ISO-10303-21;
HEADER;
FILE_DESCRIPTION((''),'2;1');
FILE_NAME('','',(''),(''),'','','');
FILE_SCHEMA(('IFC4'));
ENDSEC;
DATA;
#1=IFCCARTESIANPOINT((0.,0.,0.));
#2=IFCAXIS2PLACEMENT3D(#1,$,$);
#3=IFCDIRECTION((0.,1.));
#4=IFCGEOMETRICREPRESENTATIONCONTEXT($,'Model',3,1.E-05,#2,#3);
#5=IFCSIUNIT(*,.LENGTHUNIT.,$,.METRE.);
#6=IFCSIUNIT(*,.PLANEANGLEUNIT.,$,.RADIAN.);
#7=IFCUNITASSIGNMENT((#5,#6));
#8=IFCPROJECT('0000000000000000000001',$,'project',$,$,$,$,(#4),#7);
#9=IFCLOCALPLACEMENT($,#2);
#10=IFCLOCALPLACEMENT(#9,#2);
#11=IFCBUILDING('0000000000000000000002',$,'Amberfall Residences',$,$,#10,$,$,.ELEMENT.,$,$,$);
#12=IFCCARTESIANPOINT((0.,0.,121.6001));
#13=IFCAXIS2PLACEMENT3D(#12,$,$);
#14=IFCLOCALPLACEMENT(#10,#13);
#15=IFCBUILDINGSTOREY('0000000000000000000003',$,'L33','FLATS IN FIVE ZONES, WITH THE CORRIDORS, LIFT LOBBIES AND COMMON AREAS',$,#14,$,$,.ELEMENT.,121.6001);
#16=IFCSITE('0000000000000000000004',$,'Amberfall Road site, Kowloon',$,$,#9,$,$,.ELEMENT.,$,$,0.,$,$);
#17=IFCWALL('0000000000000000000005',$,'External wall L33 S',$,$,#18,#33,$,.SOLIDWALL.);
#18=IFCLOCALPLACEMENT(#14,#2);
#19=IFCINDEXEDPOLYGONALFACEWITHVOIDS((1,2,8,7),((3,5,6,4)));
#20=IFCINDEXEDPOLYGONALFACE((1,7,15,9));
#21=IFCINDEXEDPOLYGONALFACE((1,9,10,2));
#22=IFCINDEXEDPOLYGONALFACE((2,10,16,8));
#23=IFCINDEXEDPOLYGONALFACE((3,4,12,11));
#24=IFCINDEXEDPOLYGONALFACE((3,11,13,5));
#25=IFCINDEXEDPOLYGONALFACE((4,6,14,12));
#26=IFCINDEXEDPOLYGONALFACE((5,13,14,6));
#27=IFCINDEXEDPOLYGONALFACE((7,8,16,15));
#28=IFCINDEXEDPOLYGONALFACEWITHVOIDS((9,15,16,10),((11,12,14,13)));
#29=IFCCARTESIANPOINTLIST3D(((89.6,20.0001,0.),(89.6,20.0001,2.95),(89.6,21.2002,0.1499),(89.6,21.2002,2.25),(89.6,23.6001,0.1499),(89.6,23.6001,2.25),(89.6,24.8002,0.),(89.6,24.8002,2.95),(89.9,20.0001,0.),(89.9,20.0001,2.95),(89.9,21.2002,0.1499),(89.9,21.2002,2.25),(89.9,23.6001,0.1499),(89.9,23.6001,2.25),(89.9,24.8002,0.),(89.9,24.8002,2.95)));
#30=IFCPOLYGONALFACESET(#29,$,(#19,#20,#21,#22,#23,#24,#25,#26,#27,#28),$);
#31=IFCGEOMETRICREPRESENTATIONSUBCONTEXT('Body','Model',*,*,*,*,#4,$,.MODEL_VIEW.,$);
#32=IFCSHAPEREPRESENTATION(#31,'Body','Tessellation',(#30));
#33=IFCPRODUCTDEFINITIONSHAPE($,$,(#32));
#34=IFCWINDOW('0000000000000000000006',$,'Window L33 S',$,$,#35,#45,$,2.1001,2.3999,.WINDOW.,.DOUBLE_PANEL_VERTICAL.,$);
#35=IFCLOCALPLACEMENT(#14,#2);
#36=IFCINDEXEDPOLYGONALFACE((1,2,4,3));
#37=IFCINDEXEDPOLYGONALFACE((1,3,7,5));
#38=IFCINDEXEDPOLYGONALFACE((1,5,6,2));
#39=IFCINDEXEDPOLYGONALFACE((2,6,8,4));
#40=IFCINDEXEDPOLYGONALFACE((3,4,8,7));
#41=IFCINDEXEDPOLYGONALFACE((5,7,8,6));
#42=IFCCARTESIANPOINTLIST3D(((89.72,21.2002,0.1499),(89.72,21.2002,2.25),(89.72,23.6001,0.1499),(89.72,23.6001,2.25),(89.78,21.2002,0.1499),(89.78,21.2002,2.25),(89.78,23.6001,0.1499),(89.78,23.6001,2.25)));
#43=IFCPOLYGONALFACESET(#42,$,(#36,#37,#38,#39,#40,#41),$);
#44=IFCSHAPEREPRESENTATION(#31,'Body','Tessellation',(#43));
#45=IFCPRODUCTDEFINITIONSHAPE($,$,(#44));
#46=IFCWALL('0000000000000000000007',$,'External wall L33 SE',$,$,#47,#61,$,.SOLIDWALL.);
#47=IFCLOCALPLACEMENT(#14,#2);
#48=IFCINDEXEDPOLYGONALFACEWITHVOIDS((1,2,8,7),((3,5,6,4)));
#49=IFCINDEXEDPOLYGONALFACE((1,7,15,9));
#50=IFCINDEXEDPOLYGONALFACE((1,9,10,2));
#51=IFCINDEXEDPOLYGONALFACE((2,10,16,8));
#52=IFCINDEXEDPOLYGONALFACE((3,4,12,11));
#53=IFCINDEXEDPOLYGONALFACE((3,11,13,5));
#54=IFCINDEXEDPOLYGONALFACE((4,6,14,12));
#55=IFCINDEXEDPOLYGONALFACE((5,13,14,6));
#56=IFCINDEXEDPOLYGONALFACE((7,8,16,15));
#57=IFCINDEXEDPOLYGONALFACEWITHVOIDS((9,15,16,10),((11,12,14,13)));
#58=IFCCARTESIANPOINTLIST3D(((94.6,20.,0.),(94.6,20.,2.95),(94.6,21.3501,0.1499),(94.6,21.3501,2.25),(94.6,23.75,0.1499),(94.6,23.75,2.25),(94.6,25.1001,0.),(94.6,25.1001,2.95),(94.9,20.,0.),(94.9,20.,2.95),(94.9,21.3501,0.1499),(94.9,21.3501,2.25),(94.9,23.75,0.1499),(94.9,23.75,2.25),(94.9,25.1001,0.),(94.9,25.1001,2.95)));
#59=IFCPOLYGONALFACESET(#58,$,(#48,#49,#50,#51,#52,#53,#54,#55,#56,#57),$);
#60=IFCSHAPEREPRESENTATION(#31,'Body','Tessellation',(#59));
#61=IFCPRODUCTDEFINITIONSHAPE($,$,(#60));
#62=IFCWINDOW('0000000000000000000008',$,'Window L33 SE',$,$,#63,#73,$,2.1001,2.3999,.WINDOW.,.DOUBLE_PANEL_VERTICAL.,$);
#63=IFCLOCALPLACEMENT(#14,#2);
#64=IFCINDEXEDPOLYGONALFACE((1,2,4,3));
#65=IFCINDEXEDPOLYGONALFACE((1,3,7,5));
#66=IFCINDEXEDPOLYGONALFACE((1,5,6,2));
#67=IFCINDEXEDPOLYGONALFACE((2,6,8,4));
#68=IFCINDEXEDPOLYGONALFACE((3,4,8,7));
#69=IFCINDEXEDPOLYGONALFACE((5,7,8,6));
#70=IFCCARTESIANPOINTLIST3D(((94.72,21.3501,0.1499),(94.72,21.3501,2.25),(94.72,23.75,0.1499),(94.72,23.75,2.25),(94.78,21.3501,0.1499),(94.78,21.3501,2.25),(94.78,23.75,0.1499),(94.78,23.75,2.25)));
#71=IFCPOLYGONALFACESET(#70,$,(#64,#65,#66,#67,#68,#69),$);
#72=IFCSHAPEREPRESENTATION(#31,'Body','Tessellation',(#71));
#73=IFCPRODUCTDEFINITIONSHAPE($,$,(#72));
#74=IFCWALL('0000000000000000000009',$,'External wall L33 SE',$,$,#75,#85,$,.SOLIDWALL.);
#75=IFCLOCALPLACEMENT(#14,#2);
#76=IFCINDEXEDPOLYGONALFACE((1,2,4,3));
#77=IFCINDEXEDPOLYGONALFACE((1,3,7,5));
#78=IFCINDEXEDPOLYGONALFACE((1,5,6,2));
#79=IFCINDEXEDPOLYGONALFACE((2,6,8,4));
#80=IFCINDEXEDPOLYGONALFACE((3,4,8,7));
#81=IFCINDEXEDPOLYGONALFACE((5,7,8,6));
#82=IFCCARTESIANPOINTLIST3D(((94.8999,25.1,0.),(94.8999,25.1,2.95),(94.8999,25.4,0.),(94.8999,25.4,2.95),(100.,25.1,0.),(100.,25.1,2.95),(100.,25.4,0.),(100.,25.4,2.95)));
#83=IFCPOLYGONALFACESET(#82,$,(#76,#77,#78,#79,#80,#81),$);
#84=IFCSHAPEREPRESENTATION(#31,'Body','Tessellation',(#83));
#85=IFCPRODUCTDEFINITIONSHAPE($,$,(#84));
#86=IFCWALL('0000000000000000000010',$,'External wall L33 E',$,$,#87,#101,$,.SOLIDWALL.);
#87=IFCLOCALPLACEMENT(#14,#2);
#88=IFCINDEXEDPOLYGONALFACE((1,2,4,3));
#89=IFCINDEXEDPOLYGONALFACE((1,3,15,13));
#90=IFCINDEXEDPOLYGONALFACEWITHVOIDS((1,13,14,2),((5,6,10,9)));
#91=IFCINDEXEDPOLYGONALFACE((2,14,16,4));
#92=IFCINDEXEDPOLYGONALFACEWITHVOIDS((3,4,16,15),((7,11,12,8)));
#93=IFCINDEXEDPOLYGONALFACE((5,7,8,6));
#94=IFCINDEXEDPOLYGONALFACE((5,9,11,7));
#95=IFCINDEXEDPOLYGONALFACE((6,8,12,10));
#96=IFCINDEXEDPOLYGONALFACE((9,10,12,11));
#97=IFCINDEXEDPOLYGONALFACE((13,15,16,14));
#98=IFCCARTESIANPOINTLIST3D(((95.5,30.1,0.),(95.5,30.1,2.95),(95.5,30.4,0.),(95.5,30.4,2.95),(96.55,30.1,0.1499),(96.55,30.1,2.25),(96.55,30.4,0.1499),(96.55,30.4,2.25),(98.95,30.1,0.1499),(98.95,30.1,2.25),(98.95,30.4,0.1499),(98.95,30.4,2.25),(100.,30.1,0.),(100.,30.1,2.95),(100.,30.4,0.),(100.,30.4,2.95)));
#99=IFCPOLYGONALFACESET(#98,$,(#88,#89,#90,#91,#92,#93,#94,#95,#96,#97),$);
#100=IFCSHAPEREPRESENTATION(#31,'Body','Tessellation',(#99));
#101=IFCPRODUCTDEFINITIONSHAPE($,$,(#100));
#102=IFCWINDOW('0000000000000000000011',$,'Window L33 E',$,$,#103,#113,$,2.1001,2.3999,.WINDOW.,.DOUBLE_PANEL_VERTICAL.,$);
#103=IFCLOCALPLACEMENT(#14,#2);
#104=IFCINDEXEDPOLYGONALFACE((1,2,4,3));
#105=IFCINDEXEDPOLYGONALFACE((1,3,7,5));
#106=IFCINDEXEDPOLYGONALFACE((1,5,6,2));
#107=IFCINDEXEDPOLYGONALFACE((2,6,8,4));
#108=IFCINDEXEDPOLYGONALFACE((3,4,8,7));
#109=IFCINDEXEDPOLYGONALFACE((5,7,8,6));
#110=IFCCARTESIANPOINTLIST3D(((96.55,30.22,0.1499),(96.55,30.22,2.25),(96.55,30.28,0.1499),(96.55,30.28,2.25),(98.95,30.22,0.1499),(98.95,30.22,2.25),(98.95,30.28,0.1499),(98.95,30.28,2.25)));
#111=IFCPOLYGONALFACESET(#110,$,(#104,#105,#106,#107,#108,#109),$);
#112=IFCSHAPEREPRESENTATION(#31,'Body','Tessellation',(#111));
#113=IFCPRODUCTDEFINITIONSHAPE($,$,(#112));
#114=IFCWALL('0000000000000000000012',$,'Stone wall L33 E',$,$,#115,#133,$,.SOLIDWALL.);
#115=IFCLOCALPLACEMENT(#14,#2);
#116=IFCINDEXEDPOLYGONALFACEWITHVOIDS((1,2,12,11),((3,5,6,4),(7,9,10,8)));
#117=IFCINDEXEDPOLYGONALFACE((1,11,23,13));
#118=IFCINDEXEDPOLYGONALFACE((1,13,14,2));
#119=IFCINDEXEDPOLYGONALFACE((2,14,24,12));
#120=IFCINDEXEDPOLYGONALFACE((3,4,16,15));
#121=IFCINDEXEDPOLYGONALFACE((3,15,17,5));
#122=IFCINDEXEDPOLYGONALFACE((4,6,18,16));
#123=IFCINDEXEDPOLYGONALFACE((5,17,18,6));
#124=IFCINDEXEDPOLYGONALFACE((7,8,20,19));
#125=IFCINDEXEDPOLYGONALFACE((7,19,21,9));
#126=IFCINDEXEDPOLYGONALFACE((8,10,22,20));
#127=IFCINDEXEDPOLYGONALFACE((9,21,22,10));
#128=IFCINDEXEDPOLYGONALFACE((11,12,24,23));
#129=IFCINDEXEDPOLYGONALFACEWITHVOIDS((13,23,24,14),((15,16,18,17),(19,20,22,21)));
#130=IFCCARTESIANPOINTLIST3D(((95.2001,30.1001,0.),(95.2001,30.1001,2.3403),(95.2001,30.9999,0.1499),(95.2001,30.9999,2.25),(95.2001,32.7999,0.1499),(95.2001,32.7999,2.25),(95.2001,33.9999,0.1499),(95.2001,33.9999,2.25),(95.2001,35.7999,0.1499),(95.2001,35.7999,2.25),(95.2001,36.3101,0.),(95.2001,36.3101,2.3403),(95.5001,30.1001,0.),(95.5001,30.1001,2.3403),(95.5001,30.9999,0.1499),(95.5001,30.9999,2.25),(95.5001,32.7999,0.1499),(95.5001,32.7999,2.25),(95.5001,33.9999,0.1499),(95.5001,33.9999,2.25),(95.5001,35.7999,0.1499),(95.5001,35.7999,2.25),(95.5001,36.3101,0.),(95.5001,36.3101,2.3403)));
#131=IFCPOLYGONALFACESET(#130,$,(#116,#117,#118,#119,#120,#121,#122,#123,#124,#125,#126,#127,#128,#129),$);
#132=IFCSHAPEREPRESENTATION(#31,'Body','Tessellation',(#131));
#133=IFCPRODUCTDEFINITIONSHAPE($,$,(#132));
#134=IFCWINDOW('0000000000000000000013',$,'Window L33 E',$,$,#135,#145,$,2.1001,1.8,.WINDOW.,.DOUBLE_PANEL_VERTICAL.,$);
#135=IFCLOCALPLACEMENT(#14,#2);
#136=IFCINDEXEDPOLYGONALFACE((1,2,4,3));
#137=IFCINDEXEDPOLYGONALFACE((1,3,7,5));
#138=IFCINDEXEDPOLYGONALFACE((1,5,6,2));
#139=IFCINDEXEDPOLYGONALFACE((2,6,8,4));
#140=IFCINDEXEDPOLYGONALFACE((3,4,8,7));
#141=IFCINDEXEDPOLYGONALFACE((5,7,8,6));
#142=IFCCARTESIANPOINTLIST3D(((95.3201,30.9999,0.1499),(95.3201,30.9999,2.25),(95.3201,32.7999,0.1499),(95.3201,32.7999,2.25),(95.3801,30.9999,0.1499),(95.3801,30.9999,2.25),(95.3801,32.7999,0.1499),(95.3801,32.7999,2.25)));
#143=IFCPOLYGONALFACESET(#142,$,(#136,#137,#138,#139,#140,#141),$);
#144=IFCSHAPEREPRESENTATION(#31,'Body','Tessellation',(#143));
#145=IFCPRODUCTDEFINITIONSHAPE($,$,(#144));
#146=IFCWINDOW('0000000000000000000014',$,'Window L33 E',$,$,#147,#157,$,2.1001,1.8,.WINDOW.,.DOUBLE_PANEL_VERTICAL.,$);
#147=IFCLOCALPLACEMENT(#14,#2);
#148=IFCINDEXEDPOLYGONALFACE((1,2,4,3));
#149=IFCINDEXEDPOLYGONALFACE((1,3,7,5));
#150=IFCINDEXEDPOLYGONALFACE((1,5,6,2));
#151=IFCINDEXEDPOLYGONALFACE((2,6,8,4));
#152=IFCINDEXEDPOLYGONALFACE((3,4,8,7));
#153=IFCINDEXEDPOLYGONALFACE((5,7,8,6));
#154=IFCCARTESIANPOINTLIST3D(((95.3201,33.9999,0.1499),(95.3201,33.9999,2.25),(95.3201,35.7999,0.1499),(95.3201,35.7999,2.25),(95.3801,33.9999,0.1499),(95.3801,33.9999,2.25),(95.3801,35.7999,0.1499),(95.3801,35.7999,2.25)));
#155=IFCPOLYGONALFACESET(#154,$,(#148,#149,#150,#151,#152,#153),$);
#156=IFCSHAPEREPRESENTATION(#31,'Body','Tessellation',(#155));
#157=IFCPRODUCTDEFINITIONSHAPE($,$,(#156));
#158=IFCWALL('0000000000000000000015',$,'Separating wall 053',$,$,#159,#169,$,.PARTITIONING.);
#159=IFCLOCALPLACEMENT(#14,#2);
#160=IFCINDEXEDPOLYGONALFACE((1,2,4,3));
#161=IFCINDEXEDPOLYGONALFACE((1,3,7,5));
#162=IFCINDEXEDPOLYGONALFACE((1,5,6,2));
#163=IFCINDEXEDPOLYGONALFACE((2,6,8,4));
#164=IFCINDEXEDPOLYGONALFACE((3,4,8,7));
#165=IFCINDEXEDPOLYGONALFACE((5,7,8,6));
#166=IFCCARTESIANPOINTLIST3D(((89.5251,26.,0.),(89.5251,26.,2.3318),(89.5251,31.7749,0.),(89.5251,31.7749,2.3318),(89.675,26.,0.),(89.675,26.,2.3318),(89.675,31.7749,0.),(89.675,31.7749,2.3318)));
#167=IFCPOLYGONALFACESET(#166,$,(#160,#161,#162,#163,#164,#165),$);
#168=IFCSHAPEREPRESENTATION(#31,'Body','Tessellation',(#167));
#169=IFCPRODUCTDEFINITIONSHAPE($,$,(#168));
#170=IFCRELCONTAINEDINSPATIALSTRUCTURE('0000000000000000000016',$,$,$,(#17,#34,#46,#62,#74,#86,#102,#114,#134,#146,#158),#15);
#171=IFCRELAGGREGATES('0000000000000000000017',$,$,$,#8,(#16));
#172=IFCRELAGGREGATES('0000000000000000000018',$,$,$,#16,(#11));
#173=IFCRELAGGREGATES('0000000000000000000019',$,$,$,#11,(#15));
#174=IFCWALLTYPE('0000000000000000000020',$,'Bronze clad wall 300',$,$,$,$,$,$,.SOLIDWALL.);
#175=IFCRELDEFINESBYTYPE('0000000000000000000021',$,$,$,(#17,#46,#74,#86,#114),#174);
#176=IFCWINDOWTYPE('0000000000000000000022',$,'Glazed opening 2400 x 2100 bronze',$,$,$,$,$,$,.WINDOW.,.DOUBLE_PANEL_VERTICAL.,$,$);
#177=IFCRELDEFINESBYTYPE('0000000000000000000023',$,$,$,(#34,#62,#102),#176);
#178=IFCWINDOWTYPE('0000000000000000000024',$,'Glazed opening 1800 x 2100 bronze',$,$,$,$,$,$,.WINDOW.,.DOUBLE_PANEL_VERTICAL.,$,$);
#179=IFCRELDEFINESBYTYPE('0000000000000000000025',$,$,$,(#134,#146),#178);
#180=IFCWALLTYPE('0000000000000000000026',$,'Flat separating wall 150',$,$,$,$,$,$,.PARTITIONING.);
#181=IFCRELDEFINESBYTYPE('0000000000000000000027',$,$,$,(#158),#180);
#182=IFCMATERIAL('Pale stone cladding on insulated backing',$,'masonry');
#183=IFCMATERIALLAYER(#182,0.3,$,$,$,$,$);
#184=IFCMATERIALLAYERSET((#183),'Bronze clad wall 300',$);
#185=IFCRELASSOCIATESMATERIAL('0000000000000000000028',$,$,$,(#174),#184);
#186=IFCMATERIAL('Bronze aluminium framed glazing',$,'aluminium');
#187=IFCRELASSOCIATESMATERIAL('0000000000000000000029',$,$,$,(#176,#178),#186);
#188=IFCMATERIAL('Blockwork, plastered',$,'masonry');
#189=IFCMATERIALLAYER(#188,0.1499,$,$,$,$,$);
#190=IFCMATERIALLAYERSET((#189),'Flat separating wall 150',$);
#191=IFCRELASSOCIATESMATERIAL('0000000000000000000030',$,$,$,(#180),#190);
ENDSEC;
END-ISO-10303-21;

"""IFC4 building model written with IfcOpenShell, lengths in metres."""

from ifc_helpers import new_model, si_unit, direction, frame, frame_2d, origin, place, context, subcontext, project, spatial, rectangle, extrude, material, layer, layer_set, type_object, element, fill, save


model = new_model("IFC4")

# Units and contexts
model_context = context("Model", 3, precision=1e-05, world=origin(), true_north=direction((0.0, 1.0)))
body_context = subcontext(model_context, "Body", "Model", "MODEL_VIEW")
ifc_project = project(units=[si_unit("LENGTHUNIT", "METRE"), si_unit("PLANEANGLEUNIT", "RADIAN")], contexts=[model_context])

# Site, building, storey
site_placement = place(None, origin())
site = spatial("IfcSite", under=ifc_project, at=site_placement, Name="Amberfall Road site, Kowloon", CompositionType="ELEMENT", RefElevation=0.0)
building_placement = place(site_placement, origin())
building = spatial("IfcBuilding", under=site, at=building_placement, Name="Amberfall Residences", CompositionType="ELEMENT")
storey_placement = place(building_placement, frame((0.0, 0.0, 121.6001)))
storey = spatial("IfcBuildingStorey", under=building, at=storey_placement, Name="L33", Description="FLATS IN FIVE ZONES, WITH THE CORRIDORS, LIFT LOBBIES AND COMMON AREAS", CompositionType="ELEMENT", Elevation=121.6001)

# Walls, openings, windows
ifc_material_1 = material(Name="Pale stone cladding on insulated backing", Category="masonry")
ifc_layer_1 = layer(ifc_material_1, 0.3)
ifc_layer_set_1 = layer_set([ifc_layer_1], Name="Bronze clad wall 300")
wall_type_1 = type_object("IfcWallType", Name="Bronze clad wall 300", PredefinedType="SOLIDWALL", material=ifc_layer_set_1)
wall_1_placement = place(storey_placement, frame((89.75, 24.8, 0.0), z_axis=(0.0, 0.0, 1.0), x_axis=(0.0, -1.0, 0.0)))
wall_1 = element("IfcWall", 1, at=wall_1_placement, inside=storey, type_object=wall_type_1, Name="External wall L33 S", PredefinedType="SOLIDWALL", context=body_context, shape_type="SweptSolid", body=[
    extrude(rectangle(XDim=4.8, YDim=0.3, at=frame_2d((2.3999, 0.0))), origin(), (0.0, 0.0, 1.0), 2.95),
])
opening_1_placement = place(wall_1_placement, frame((1.2, 0.0, 0.1499)))
opening_1 = element("IfcOpeningElement", 2, at=opening_1_placement, cuts=wall_1, PredefinedType="OPENING", context=body_context, shape_type="SweptSolid", body=[
    extrude(rectangle(XDim=2.3999, YDim=2.1001, at=frame_2d((1.2, 1.05))), frame((0.0, 0.1599, 0.0), z_axis=(0.0, -1.0, 0.0), x_axis=(1.0, 0.0, 0.0)), (0.0, 0.0, 1.0), 0.3201),
])
ifc_material_2 = material(Name="Bronze aluminium framed glazing", Category="aluminium")
window_type_1 = type_object("IfcWindowType", Name="Glazed opening 2400 x 2100 bronze", PartitioningType="DOUBLE_PANEL_VERTICAL", PredefinedType="WINDOW", material=ifc_material_2)
window_1_placement = place(opening_1_placement, origin())
window_1 = element("IfcWindow", 3, at=window_1_placement, inside=storey, type_object=window_type_1, Name="Window L33 S", OverallHeight=2.1001, OverallWidth=2.3999, PartitioningType="DOUBLE_PANEL_VERTICAL", PredefinedType="WINDOW", context=body_context, shape_type="SweptSolid", body=[
    extrude(rectangle(XDim=2.3999, YDim=2.1001, at=frame_2d((1.2, 1.05))), frame((0.0, 0.03, 0.0), z_axis=(0.0, -1.0, 0.0), x_axis=(1.0, 0.0, 0.0)), (0.0, 0.0, 1.0), 0.0601),
])
fill(opening_1, window_1)
wall_2_placement = place(storey_placement, frame((94.75, 20.0, 0.0), z_axis=(0.0, 0.0, 1.0), x_axis=(0.0, 1.0, 0.0)))
wall_2 = element("IfcWall", 4, at=wall_2_placement, inside=storey, type_object=wall_type_1, Name="External wall L33 SE", PredefinedType="SOLIDWALL", context=body_context, shape_type="SweptSolid", body=[
    extrude(rectangle(XDim=5.1001, YDim=0.3, at=frame_2d((2.55, 0.0))), origin(), (0.0, 0.0, 1.0), 2.95),
])
opening_2_placement = place(wall_2_placement, frame((1.3501, 0.0, 0.1499)))
opening_2 = element("IfcOpeningElement", 5, at=opening_2_placement, cuts=wall_2, PredefinedType="OPENING", context=body_context, shape_type="SweptSolid", body=[
    extrude(rectangle(XDim=2.3999, YDim=2.1001, at=frame_2d((1.2, 1.05))), frame((0.0, 0.1599, 0.0), z_axis=(0.0, -1.0, 0.0), x_axis=(1.0, 0.0, 0.0)), (0.0, 0.0, 1.0), 0.3201),
])
window_2_placement = place(opening_2_placement, origin())
window_2 = element("IfcWindow", 6, at=window_2_placement, inside=storey, type_object=window_type_1, Name="Window L33 SE", OverallHeight=2.1001, OverallWidth=2.3999, PartitioningType="DOUBLE_PANEL_VERTICAL", PredefinedType="WINDOW", context=body_context, shape_type="SweptSolid", body=[
    extrude(rectangle(XDim=2.3999, YDim=2.1001, at=frame_2d((1.2, 1.05))), frame((0.0, 0.03, 0.0), z_axis=(0.0, -1.0, 0.0), x_axis=(1.0, 0.0, 0.0)), (0.0, 0.0, 1.0), 0.0601),
])
fill(opening_2, window_2)

# Wall
wall_3_placement = place(storey_placement, frame((94.8999, 25.25, 0.0), z_axis=(0.0, 0.0, 1.0), x_axis=(1.0, 0.0, 0.0)))
element("IfcWall", 7, at=wall_3_placement, inside=storey, type_object=wall_type_1, Name="External wall L33 SE", PredefinedType="SOLIDWALL", context=body_context, shape_type="SweptSolid", body=[
    extrude(rectangle(XDim=5.1001, YDim=0.3, at=frame_2d((2.55, 0.0))), origin(), (0.0, 0.0, 1.0), 2.95),
])

# Wall, opening, window
wall_4_placement = place(storey_placement, frame((100.0, 30.25, 0.0), z_axis=(0.0, 0.0, 1.0), x_axis=(-1.0, 0.0, 0.0)))
wall_4 = element("IfcWall", 8, at=wall_4_placement, inside=storey, type_object=wall_type_1, Name="External wall L33 E", PredefinedType="SOLIDWALL", context=body_context, shape_type="SweptSolid", body=[
    extrude(rectangle(XDim=4.5, YDim=0.3, at=frame_2d((2.25, 0.0))), origin(), (0.0, 0.0, 1.0), 2.95),
])
opening_3_placement = place(wall_4_placement, frame((1.05, 0.0, 0.1499)))
opening_3 = element("IfcOpeningElement", 9, at=opening_3_placement, cuts=wall_4, PredefinedType="OPENING", context=body_context, shape_type="SweptSolid", body=[
    extrude(rectangle(XDim=2.3999, YDim=2.1001, at=frame_2d((1.2, 1.05))), frame((0.0, 0.1599, 0.0), z_axis=(0.0, -1.0, 0.0), x_axis=(1.0, 0.0, 0.0)), (0.0, 0.0, 1.0), 0.3201),
])
window_3_placement = place(opening_3_placement, origin())
window_3 = element("IfcWindow", 10, at=window_3_placement, inside=storey, type_object=window_type_1, Name="Window L33 E", OverallHeight=2.1001, OverallWidth=2.3999, PartitioningType="DOUBLE_PANEL_VERTICAL", PredefinedType="WINDOW", context=body_context, shape_type="SweptSolid", body=[
    extrude(rectangle(XDim=2.3999, YDim=2.1001, at=frame_2d((1.2, 1.05))), frame((0.0, 0.03, 0.0), z_axis=(0.0, -1.0, 0.0), x_axis=(1.0, 0.0, 0.0)), (0.0, 0.0, 1.0), 0.0601),
])
fill(opening_3, window_3)

# Wall, openings, windows
wall_5_placement = place(storey_placement, frame((95.3501, 30.1001, 0.0), z_axis=(0.0, 0.0, 1.0), x_axis=(0.0, 1.0, 0.0)))
wall_5 = element("IfcWall", 11, at=wall_5_placement, inside=storey, type_object=wall_type_1, Name="Stone wall L33 E", PredefinedType="SOLIDWALL", context=body_context, shape_type="SweptSolid", body=[
    extrude(rectangle(XDim=6.21, YDim=0.3, at=frame_2d((3.105, 0.0))), origin(), (0.0, 0.0, 1.0), 2.3403),
])
opening_4_placement = place(wall_5_placement, frame((0.8999, 0.0, 0.1499)))
opening_4 = element("IfcOpeningElement", 12, at=opening_4_placement, cuts=wall_5, PredefinedType="OPENING", context=body_context, shape_type="SweptSolid", body=[
    extrude(rectangle(XDim=1.8, YDim=2.1001, at=frame_2d((0.8999, 1.05))), frame((0.0, 0.1599, 0.0), z_axis=(0.0, -1.0, 0.0), x_axis=(1.0, 0.0, 0.0)), (0.0, 0.0, 1.0), 0.3201),
])
opening_5_placement = place(wall_5_placement, frame((3.8999, 0.0, 0.1499)))
opening_5 = element("IfcOpeningElement", 13, at=opening_5_placement, cuts=wall_5, PredefinedType="OPENING", context=body_context, shape_type="SweptSolid", body=[
    extrude(rectangle(XDim=1.8, YDim=2.1001, at=frame_2d((0.8999, 1.05))), frame((0.0, 0.1599, 0.0), z_axis=(0.0, -1.0, 0.0), x_axis=(1.0, 0.0, 0.0)), (0.0, 0.0, 1.0), 0.3201),
])
window_type_2 = type_object("IfcWindowType", Name="Glazed opening 1800 x 2100 bronze", PartitioningType="DOUBLE_PANEL_VERTICAL", PredefinedType="WINDOW", material=ifc_material_2)
window_4_placement = place(opening_4_placement, origin())
window_4 = element("IfcWindow", 14, at=window_4_placement, inside=storey, type_object=window_type_2, Name="Window L33 E", OverallHeight=2.1001, OverallWidth=1.8, PartitioningType="DOUBLE_PANEL_VERTICAL", PredefinedType="WINDOW", context=body_context, shape_type="SweptSolid", body=[
    extrude(rectangle(XDim=1.8, YDim=2.1001, at=frame_2d((0.8999, 1.05))), frame((0.0, 0.03, 0.0), z_axis=(0.0, -1.0, 0.0), x_axis=(1.0, 0.0, 0.0)), (0.0, 0.0, 1.0), 0.0601),
])
fill(opening_4, window_4)
window_5_placement = place(opening_5_placement, origin())
window_5 = element("IfcWindow", 15, at=window_5_placement, inside=storey, type_object=window_type_2, Name="Window L33 E", OverallHeight=2.1001, OverallWidth=1.8, PartitioningType="DOUBLE_PANEL_VERTICAL", PredefinedType="WINDOW", context=body_context, shape_type="SweptSolid", body=[
    extrude(rectangle(XDim=1.8, YDim=2.1001, at=frame_2d((0.8999, 1.05))), frame((0.0, 0.03, 0.0), z_axis=(0.0, -1.0, 0.0), x_axis=(1.0, 0.0, 0.0)), (0.0, 0.0, 1.0), 0.0601),
])
fill(opening_5, window_5)

# Wall
ifc_material_3 = material(Name="Blockwork, plastered", Category="masonry")
ifc_layer_2 = layer(ifc_material_3, 0.1499)
ifc_layer_set_2 = layer_set([ifc_layer_2], Name="Flat separating wall 150")
wall_type_2 = type_object("IfcWallType", Name="Flat separating wall 150", PredefinedType="PARTITIONING", material=ifc_layer_set_2)
wall_6_placement = place(storey_placement, frame((89.6001, 26.0, 0.0), z_axis=(0.0, 0.0, 1.0), x_axis=(0.0, 1.0, 0.0)))
element("IfcWall", 16, at=wall_6_placement, inside=storey, type_object=wall_type_2, Name="Separating wall 053", PredefinedType="PARTITIONING", context=body_context, shape_type="SweptSolid", body=[
    extrude(rectangle(XDim=5.7749, YDim=0.1499, at=frame_2d((2.8875, 0.0))), origin(), (0.0, 0.0, 1.0), 2.3318),
])

save(model, "model.ifc")
